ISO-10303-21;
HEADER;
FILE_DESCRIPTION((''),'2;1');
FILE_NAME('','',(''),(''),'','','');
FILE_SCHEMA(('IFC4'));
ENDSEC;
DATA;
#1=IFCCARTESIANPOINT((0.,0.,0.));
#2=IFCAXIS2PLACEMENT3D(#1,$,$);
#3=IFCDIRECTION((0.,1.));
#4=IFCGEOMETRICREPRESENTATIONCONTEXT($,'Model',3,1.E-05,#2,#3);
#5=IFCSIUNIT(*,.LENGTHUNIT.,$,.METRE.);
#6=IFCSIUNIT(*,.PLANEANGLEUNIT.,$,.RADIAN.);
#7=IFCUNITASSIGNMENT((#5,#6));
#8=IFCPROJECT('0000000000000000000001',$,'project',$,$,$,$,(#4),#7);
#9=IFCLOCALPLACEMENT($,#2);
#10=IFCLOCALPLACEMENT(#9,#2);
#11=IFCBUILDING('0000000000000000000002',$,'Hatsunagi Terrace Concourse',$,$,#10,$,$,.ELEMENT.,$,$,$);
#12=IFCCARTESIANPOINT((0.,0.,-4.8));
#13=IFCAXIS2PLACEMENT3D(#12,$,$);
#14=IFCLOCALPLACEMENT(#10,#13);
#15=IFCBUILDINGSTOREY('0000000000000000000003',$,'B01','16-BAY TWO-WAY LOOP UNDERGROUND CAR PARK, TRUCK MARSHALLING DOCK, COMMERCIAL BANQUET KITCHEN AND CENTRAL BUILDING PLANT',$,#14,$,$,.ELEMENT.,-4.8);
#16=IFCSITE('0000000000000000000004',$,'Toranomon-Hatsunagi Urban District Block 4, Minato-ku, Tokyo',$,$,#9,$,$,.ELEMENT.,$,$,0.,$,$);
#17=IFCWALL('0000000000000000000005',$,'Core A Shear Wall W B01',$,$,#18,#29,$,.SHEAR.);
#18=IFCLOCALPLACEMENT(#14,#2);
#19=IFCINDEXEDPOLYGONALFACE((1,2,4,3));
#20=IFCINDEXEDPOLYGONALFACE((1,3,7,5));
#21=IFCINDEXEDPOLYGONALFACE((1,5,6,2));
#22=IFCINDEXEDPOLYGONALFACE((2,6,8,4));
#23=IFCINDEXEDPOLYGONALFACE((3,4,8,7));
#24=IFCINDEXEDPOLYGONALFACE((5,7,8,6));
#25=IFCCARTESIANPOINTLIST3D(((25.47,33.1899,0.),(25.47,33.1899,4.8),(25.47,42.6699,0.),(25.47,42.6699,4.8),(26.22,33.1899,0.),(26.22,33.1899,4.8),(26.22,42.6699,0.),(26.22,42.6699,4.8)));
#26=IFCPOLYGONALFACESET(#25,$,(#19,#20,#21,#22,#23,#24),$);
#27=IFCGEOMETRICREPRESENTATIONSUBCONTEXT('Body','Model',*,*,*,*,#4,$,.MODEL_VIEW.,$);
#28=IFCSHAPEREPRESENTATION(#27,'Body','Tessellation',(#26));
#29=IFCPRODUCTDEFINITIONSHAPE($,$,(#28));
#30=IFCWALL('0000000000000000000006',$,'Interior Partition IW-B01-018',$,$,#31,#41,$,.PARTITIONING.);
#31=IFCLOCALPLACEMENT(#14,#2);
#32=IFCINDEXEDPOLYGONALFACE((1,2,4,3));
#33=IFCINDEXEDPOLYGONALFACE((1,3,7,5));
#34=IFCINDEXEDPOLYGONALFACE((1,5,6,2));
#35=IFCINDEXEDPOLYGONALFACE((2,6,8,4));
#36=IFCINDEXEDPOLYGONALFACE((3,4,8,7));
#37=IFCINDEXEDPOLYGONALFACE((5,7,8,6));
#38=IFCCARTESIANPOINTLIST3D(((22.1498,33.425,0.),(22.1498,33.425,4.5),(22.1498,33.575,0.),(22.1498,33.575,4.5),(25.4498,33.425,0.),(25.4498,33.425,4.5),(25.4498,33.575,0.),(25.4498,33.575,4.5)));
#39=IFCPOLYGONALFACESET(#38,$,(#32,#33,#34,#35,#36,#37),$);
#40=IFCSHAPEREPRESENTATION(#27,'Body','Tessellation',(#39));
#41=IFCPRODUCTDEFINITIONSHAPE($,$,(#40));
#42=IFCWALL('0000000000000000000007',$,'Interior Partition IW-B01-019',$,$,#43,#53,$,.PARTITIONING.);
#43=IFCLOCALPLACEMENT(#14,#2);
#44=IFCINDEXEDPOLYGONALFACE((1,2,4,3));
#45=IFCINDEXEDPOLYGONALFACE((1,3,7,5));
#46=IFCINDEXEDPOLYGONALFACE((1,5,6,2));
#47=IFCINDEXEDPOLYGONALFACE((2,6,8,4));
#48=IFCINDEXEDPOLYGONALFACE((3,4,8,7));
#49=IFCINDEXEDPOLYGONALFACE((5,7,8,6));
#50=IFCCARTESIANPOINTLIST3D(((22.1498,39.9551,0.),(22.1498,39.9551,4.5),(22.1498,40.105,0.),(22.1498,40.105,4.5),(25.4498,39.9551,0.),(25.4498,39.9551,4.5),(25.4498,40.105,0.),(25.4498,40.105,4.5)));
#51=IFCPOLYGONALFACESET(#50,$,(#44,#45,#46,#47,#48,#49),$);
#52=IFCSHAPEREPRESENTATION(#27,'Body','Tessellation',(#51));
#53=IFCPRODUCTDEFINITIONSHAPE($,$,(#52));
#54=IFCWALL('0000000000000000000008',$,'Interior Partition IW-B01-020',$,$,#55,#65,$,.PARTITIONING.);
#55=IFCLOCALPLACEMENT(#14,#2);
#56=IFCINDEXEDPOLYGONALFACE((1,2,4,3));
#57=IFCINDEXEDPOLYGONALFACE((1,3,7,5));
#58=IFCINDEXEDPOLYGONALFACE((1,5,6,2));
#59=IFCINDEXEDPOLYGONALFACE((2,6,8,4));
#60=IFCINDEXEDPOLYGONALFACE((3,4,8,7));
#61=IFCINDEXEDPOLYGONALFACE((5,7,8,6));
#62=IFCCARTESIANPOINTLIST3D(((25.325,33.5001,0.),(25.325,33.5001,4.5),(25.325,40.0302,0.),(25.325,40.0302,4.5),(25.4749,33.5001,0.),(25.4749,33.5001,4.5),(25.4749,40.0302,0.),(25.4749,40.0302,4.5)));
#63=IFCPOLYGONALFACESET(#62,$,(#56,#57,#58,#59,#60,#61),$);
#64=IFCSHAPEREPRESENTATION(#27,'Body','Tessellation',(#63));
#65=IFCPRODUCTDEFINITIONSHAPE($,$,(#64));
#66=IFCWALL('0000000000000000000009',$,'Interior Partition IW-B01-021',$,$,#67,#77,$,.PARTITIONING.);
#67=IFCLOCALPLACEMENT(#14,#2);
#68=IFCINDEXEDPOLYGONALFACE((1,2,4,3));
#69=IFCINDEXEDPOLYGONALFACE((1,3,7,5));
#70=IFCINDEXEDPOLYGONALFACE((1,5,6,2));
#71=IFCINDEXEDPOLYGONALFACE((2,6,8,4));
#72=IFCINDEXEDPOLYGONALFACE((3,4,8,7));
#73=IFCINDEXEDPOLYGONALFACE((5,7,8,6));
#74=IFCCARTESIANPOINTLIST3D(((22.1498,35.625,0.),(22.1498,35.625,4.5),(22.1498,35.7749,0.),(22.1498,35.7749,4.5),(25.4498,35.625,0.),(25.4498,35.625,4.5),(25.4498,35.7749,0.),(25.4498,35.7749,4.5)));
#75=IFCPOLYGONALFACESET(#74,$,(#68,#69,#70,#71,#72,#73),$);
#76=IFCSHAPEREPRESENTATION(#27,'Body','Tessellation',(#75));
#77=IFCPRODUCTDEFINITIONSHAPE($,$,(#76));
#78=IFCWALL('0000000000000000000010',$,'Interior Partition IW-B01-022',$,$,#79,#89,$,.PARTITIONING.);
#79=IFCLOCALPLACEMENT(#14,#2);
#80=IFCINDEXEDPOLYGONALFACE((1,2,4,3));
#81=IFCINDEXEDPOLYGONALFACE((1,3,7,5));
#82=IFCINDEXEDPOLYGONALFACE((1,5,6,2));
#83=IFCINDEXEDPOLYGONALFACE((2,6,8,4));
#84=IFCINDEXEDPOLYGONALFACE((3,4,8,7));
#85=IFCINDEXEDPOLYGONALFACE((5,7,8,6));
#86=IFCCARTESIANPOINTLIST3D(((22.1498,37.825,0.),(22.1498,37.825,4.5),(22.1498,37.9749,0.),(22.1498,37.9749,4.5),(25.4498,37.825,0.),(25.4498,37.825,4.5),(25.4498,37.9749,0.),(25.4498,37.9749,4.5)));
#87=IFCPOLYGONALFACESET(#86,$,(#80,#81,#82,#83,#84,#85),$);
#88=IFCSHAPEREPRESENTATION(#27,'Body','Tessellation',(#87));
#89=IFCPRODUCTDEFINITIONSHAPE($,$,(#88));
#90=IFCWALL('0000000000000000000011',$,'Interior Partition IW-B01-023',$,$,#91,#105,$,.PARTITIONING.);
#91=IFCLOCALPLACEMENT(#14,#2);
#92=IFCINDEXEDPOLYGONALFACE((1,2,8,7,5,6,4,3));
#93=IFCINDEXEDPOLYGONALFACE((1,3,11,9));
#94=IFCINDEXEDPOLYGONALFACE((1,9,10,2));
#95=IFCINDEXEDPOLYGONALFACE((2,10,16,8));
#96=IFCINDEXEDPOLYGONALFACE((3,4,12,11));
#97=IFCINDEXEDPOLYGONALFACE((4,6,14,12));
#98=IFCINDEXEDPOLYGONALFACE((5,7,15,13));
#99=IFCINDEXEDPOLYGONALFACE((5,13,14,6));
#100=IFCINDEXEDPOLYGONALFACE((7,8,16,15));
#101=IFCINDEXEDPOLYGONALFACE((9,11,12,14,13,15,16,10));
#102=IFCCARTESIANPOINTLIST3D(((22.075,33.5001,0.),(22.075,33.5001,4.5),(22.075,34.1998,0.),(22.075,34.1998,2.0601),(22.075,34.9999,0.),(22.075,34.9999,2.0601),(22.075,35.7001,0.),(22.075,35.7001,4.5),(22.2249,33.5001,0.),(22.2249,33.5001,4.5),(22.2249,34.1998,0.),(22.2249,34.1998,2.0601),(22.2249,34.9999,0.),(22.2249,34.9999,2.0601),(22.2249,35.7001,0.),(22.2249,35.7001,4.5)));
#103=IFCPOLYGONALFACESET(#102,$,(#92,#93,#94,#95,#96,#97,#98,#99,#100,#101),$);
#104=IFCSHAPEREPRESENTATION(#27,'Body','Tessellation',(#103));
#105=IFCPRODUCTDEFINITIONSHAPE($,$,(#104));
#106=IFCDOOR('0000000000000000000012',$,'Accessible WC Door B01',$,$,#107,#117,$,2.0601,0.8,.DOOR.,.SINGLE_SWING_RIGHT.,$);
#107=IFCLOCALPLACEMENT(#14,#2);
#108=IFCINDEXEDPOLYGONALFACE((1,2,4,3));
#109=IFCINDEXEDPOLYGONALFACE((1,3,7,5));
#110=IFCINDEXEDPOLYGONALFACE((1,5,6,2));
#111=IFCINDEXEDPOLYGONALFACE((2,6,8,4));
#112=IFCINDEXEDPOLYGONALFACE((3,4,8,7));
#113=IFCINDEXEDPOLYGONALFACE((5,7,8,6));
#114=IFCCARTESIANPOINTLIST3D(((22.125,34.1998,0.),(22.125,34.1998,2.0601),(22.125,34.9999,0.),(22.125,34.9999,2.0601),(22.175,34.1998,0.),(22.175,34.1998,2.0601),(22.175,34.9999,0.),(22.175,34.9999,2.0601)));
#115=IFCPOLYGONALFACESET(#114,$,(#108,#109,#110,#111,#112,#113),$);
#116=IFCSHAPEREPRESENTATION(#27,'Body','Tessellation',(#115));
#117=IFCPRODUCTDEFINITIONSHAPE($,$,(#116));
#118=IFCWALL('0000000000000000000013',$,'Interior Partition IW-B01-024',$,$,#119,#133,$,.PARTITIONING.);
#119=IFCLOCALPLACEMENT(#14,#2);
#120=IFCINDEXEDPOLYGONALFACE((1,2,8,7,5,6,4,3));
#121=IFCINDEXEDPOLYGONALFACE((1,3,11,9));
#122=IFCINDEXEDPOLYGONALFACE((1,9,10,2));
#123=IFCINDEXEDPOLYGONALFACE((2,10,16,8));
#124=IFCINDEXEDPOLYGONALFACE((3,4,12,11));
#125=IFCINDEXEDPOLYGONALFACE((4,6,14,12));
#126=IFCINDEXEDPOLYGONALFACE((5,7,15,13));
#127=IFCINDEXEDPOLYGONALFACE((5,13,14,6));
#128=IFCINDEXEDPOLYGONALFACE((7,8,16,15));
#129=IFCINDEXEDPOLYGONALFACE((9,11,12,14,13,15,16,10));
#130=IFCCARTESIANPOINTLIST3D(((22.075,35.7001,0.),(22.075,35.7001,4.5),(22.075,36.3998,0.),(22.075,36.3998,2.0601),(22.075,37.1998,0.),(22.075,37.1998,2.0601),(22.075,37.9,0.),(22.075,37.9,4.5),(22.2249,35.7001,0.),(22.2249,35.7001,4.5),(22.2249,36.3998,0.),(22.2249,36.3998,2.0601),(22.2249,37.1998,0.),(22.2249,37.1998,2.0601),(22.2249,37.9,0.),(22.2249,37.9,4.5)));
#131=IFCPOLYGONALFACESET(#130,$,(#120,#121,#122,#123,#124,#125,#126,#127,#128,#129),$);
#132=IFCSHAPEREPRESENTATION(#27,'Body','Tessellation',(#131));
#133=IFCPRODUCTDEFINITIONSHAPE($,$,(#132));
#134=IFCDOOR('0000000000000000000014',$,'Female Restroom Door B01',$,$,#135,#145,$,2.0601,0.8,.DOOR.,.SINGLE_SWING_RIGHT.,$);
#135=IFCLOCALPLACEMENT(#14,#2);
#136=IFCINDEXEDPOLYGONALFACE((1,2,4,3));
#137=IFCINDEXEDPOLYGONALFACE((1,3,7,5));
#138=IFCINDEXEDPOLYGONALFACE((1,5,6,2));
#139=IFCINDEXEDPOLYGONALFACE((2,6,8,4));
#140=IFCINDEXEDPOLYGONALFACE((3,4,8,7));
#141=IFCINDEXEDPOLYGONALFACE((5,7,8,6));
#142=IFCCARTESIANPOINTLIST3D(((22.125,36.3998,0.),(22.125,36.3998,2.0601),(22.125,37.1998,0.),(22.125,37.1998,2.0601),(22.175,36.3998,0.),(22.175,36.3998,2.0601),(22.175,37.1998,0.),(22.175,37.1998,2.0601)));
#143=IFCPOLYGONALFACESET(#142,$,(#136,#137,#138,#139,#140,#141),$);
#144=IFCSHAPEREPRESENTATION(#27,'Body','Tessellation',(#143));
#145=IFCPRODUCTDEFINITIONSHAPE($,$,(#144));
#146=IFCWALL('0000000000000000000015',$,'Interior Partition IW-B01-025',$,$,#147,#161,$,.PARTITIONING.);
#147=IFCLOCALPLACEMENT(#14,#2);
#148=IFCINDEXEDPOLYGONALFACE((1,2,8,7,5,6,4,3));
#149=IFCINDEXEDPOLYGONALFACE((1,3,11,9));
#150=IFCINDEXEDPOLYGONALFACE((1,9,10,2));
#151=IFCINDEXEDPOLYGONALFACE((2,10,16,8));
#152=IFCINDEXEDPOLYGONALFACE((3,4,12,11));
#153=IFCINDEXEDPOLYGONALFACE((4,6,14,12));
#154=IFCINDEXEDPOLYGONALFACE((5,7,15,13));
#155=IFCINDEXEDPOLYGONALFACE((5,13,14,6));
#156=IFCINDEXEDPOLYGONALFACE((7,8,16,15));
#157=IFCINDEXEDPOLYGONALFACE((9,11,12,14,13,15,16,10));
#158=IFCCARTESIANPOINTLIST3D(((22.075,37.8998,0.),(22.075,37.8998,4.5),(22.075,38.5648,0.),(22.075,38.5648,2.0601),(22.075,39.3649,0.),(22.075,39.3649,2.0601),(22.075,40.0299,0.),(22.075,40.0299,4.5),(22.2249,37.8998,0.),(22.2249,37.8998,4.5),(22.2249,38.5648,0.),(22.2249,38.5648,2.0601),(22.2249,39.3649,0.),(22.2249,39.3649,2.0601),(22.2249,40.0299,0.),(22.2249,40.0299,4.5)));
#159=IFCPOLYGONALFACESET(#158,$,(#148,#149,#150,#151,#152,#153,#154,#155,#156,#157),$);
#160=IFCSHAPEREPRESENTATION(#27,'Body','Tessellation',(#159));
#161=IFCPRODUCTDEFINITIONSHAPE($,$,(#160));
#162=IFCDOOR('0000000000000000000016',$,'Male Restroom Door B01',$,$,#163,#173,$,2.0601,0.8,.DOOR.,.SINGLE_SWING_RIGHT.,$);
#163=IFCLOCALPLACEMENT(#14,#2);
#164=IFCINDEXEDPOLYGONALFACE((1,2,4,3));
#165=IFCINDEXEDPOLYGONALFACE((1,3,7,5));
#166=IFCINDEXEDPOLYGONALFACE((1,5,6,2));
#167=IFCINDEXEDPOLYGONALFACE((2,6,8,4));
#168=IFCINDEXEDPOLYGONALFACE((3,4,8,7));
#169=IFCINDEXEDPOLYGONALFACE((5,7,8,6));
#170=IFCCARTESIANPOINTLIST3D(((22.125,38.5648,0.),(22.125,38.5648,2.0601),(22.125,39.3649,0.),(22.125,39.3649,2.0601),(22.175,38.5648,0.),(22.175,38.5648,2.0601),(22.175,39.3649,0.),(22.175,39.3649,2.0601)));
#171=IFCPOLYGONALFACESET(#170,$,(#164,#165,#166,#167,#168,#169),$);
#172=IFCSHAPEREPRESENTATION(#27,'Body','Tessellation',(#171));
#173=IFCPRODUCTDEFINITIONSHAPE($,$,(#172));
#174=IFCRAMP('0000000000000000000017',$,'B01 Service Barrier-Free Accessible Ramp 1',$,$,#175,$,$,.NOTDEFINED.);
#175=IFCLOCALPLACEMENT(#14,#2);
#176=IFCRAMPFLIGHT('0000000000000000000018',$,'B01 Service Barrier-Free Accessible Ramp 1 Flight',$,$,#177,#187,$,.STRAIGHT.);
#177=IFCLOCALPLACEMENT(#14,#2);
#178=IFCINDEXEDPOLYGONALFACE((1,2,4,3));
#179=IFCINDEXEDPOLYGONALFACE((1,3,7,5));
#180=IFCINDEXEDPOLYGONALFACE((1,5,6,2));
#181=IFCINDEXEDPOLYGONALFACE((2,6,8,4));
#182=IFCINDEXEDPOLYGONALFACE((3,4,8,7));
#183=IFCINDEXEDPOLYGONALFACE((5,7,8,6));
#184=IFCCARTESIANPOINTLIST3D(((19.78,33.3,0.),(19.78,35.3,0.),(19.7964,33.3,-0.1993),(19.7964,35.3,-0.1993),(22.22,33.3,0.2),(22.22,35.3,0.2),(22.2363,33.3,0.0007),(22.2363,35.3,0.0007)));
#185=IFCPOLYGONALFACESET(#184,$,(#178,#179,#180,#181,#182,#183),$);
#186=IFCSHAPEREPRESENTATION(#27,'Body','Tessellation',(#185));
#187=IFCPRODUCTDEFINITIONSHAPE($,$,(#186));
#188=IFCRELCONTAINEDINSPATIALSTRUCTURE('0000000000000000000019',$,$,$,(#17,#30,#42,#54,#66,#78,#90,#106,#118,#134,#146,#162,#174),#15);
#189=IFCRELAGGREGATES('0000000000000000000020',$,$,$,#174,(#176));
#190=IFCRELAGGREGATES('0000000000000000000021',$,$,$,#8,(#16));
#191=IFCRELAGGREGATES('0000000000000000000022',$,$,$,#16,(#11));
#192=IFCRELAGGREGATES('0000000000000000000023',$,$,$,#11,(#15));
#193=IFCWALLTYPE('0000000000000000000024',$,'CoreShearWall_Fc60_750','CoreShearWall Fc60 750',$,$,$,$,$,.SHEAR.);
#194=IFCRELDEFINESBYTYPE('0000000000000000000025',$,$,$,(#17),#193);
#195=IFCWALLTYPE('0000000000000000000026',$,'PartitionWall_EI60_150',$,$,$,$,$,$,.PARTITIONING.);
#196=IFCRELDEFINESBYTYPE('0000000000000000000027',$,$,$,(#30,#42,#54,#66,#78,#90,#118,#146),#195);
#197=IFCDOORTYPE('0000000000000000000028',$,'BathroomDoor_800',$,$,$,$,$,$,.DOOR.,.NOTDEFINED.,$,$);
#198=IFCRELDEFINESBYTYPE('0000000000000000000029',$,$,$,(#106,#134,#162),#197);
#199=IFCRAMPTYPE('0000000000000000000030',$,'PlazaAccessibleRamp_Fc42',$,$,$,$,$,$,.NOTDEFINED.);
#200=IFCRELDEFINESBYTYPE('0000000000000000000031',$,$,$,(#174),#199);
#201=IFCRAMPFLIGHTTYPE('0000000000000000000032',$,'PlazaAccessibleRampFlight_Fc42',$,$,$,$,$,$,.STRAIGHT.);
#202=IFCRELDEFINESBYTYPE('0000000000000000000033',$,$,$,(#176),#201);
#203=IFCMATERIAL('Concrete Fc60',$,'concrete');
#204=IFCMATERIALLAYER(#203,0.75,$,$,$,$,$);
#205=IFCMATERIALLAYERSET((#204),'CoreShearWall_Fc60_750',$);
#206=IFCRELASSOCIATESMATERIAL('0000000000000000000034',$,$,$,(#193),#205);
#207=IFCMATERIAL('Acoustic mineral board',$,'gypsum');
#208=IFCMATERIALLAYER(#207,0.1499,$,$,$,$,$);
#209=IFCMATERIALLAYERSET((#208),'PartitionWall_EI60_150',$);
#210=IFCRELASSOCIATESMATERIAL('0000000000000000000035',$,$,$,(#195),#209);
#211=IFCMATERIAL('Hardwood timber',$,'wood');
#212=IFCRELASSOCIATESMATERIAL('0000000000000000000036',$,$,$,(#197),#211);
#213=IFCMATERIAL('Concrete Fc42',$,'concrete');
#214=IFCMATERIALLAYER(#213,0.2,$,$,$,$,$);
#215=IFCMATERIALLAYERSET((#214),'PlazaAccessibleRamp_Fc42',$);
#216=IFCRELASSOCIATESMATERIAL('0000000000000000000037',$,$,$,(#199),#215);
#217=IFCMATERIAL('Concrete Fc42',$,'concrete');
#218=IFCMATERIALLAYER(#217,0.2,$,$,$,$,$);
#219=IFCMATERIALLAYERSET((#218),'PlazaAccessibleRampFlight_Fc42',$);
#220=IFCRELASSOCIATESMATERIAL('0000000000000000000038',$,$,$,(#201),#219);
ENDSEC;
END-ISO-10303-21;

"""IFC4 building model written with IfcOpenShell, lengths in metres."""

from ifc_helpers import new_model, si_unit, direction, frame, frame_2d, origin, place, context, subcontext, project, spatial, polyline, rectangle, outline, extrude, material, layer, layer_set, type_object, element, fill, aggregate, save


model = new_model("IFC4")

# Units and contexts
model_context = context("Model", 3, precision=1e-05, world=origin(), true_north=direction((0.0, 1.0)))
body_context = subcontext(model_context, "Body", "Model", "MODEL_VIEW")
ifc_project = project(units=[si_unit("LENGTHUNIT", "METRE"), si_unit("PLANEANGLEUNIT", "RADIAN")], contexts=[model_context])

# Site, building, storey
site_placement = place(None, origin())
site = spatial("IfcSite", under=ifc_project, at=site_placement, Name="Toranomon-Hatsunagi Urban District Block 4, Minato-ku, Tokyo", CompositionType="ELEMENT", RefElevation=0.0)
building_placement = place(site_placement, origin())
building = spatial("IfcBuilding", under=site, at=building_placement, Name="Hatsunagi Terrace Concourse", CompositionType="ELEMENT")
storey_placement = place(building_placement, frame((0.0, 0.0, -4.8)))
storey = spatial("IfcBuildingStorey", under=building, at=storey_placement, Name="B01", Description="16-BAY TWO-WAY LOOP UNDERGROUND CAR PARK, TRUCK MARSHALLING DOCK, COMMERCIAL BANQUET KITCHEN AND CENTRAL BUILDING PLANT", CompositionType="ELEMENT", Elevation=-4.8)

# Shared definitions
ifc_material_1 = material(Name="Concrete Fc60", Category="concrete")
ifc_layer_1 = layer(ifc_material_1, 0.75)
ifc_layer_set_1 = layer_set([ifc_layer_1], Name="CoreShearWall_Fc60_750")
wall_type_1 = type_object("IfcWallType", Name="CoreShearWall_Fc60_750", Description="CoreShearWall Fc60 750", PredefinedType="SHEAR", material=ifc_layer_set_1)

# Walls
wall_1_placement = place(storey_placement, frame((25.845, 33.1899, 0.0), z_axis=(0.0, 0.0, 1.0), x_axis=(0.0, 1.0, 0.0)))
element("IfcWall", 1, at=wall_1_placement, inside=storey, type_object=wall_type_1, Name="Core A Shear Wall W B01", PredefinedType="SHEAR", context=body_context, shape_type="SweptSolid", body=[
    extrude(rectangle(XDim=9.48, YDim=0.75, at=frame_2d((4.74, 0.0))), origin(), (0.0, 0.0, 1.0), 4.8),
])
ifc_material_2 = material(Name="Acoustic mineral board", Category="gypsum")
ifc_layer_2 = layer(ifc_material_2, 0.1499)
ifc_layer_set_2 = layer_set([ifc_layer_2], Name="PartitionWall_EI60_150")
wall_type_2 = type_object("IfcWallType", Name="PartitionWall_EI60_150", PredefinedType="PARTITIONING", material=ifc_layer_set_2)
for number, where, z_axis, x_axis, name in (
    (2, (22.1499, 33.5, 0.0), (0.0, 0.0, 1.0), (1.0, 0.0, 0.0), "Interior Partition IW-B01-018"),
    (3, (22.1499, 40.03, 0.0), (0.0, 0.0, 1.0), (1.0, 0.0, 0.0), "Interior Partition IW-B01-019"),
):
    element("IfcWall", number, at=place(storey_placement, frame(where, z_axis=z_axis, x_axis=x_axis)), inside=storey, type_object=wall_type_2, Name=name, PredefinedType="PARTITIONING", context=body_context, shape_type="SweptSolid", body=[
        extrude(rectangle(XDim=3.3, YDim=0.1499, at=frame_2d((1.6499, 0.0))), origin(), (0.0, 0.0, 1.0), 4.5),
    ])
wall_2_placement = place(storey_placement, frame((25.3999, 33.5, 0.0), z_axis=(0.0, 0.0, 1.0), x_axis=(0.0, 1.0, 0.0)))
element("IfcWall", 4, at=wall_2_placement, inside=storey, type_object=wall_type_2, Name="Interior Partition IW-B01-020", PredefinedType="PARTITIONING", context=body_context, shape_type="SweptSolid", body=[
    extrude(rectangle(XDim=6.53, YDim=0.1499, at=frame_2d((3.2651, 0.0))), origin(), (0.0, 0.0, 1.0), 4.5),
])
for number, where, z_axis, x_axis, name in (
    (5, (22.1499, 35.7, 0.0), (0.0, 0.0, 1.0), (1.0, 0.0, 0.0), "Interior Partition IW-B01-021"),
    (6, (22.1499, 37.8999, 0.0), (0.0, 0.0, 1.0), (1.0, 0.0, 0.0), "Interior Partition IW-B01-022"),
):
    element("IfcWall", number, at=place(storey_placement, frame(where, z_axis=z_axis, x_axis=x_axis)), inside=storey, type_object=wall_type_2, Name=name, PredefinedType="PARTITIONING", context=body_context, shape_type="SweptSolid", body=[
        extrude(rectangle(XDim=3.3, YDim=0.1499, at=frame_2d((1.6499, 0.0))), origin(), (0.0, 0.0, 1.0), 4.5),
    ])

# Walls, openings, doors
wall_3_placement = place(storey_placement, frame((22.1499, 33.5, 0.0), z_axis=(0.0, 0.0, 1.0), x_axis=(0.0, 1.0, 0.0)))
wall_3 = element("IfcWall", 7, at=wall_3_placement, inside=storey, type_object=wall_type_2, Name="Interior Partition IW-B01-023", PredefinedType="PARTITIONING", context=body_context, shape_type="SweptSolid", body=[
    extrude(rectangle(XDim=2.2, YDim=0.1499, at=frame_2d((1.1001, 0.0))), origin(), (0.0, 0.0, 1.0), 4.5),
])
opening_1_placement = place(wall_3_placement, frame((0.7, 0.0, 0.0)))
opening_1 = element("IfcOpeningElement", 8, at=opening_1_placement, cuts=wall_3, PredefinedType="OPENING", context=body_context, shape_type="SweptSolid", body=[
    extrude(rectangle(XDim=0.8, YDim=2.0601, at=frame_2d((0.3999, 1.03))), frame((0.0, 0.085, 0.0), z_axis=(0.0, -1.0, 0.0), x_axis=(1.0, 0.0, 0.0)), (0.0, 0.0, 1.0), 0.1699),
])
ifc_material_3 = material(Name="Hardwood timber", Category="wood")
door_type_1 = type_object("IfcDoorType", Name="BathroomDoor_800", OperationType="NOTDEFINED", PredefinedType="DOOR", material=ifc_material_3)
door_1_placement = place(opening_1_placement, origin())
door_1 = element("IfcDoor", 9, at=door_1_placement, inside=storey, type_object=door_type_1, Name="Accessible WC Door B01", OperationType="SINGLE_SWING_RIGHT", OverallHeight=2.0601, OverallWidth=0.8, PredefinedType="DOOR", context=body_context, shape_type="SweptSolid", body=[
    extrude(rectangle(XDim=0.8, YDim=2.0601, at=frame_2d((0.3999, 1.03))), frame((0.0, 0.0249, 0.0), z_axis=(0.0, -1.0, 0.0), x_axis=(1.0, 0.0, 0.0)), (0.0, 0.0, 1.0), 0.05),
])
fill(opening_1, door_1)
wall_4_placement = place(storey_placement, frame((22.1499, 35.7, 0.0), z_axis=(0.0, 0.0, 1.0), x_axis=(0.0, 1.0, 0.0)))
wall_4 = element("IfcWall", 10, at=wall_4_placement, inside=storey, type_object=wall_type_2, Name="Interior Partition IW-B01-024", PredefinedType="PARTITIONING", context=body_context, shape_type="SweptSolid", body=[
    extrude(rectangle(XDim=2.2, YDim=0.1499, at=frame_2d((1.1001, 0.0))), origin(), (0.0, 0.0, 1.0), 4.5),
])
opening_2_placement = place(wall_4_placement, frame((0.7, 0.0, 0.0)))
opening_2 = element("IfcOpeningElement", 11, at=opening_2_placement, cuts=wall_4, PredefinedType="OPENING", context=body_context, shape_type="SweptSolid", body=[
    extrude(rectangle(XDim=0.8, YDim=2.0601, at=frame_2d((0.3999, 1.03))), frame((0.0, 0.085, 0.0), z_axis=(0.0, -1.0, 0.0), x_axis=(1.0, 0.0, 0.0)), (0.0, 0.0, 1.0), 0.1699),
])
door_2_placement = place(opening_2_placement, origin())
door_2 = element("IfcDoor", 12, at=door_2_placement, inside=storey, type_object=door_type_1, Name="Female Restroom Door B01", OperationType="SINGLE_SWING_RIGHT", OverallHeight=2.0601, OverallWidth=0.8, PredefinedType="DOOR", context=body_context, shape_type="SweptSolid", body=[
    extrude(rectangle(XDim=0.8, YDim=2.0601, at=frame_2d((0.3999, 1.03))), frame((0.0, 0.0249, 0.0), z_axis=(0.0, -1.0, 0.0), x_axis=(1.0, 0.0, 0.0)), (0.0, 0.0, 1.0), 0.05),
])
fill(opening_2, door_2)
wall_5_placement = place(storey_placement, frame((22.1499, 37.8999, 0.0), z_axis=(0.0, 0.0, 1.0), x_axis=(0.0, 1.0, 0.0)))
wall_5 = element("IfcWall", 13, at=wall_5_placement, inside=storey, type_object=wall_type_2, Name="Interior Partition IW-B01-025", PredefinedType="PARTITIONING", context=body_context, shape_type="SweptSolid", body=[
    extrude(rectangle(XDim=2.1301, YDim=0.1499, at=frame_2d((1.0649, 0.0))), origin(), (0.0, 0.0, 1.0), 4.5),
])
opening_3_placement = place(wall_5_placement, frame((0.665, 0.0, 0.0)))
opening_3 = element("IfcOpeningElement", 14, at=opening_3_placement, cuts=wall_5, PredefinedType="OPENING", context=body_context, shape_type="SweptSolid", body=[
    extrude(rectangle(XDim=0.8, YDim=2.0601, at=frame_2d((0.3999, 1.03))), frame((0.0, 0.085, 0.0), z_axis=(0.0, -1.0, 0.0), x_axis=(1.0, 0.0, 0.0)), (0.0, 0.0, 1.0), 0.1699),
])
door_3_placement = place(opening_3_placement, origin())
door_3 = element("IfcDoor", 15, at=door_3_placement, inside=storey, type_object=door_type_1, Name="Male Restroom Door B01", OperationType="SINGLE_SWING_RIGHT", OverallHeight=2.0601, OverallWidth=0.8, PredefinedType="DOOR", context=body_context, shape_type="SweptSolid", body=[
    extrude(rectangle(XDim=0.8, YDim=2.0601, at=frame_2d((0.3999, 1.03))), frame((0.0, 0.0249, 0.0), z_axis=(0.0, -1.0, 0.0), x_axis=(1.0, 0.0, 0.0)), (0.0, 0.0, 1.0), 0.05),
])
fill(opening_3, door_3)

# Ramp, ramp flight
ifc_material_4 = material(Name="Concrete Fc42", Category="concrete")
ifc_layer_3 = layer(ifc_material_4, 0.2)
ifc_layer_set_3 = layer_set([ifc_layer_3], Name="PlazaAccessibleRamp_Fc42")
ramp_type = type_object("IfcRampType", Name="PlazaAccessibleRamp_Fc42", PredefinedType="NOTDEFINED", material=ifc_layer_set_3)
ramp_1_placement = place(storey_placement, origin())
ramp_1 = element("IfcRamp", 16, at=ramp_1_placement, inside=storey, type_object=ramp_type, Name="B01 Service Barrier-Free Accessible Ramp 1", PredefinedType="NOTDEFINED")
ifc_material_5 = material(Name="Concrete Fc42", Category="concrete")
ifc_layer_4 = layer(ifc_material_5, 0.2)
ifc_layer_set_4 = layer_set([ifc_layer_4], Name="PlazaAccessibleRampFlight_Fc42")
ramp_flight_type = type_object("IfcRampFlightType", Name="PlazaAccessibleRampFlight_Fc42", PredefinedType="STRAIGHT", material=ifc_layer_set_4)
ramp_flight_1_placement = place(storey_placement, frame((19.78, 33.3, 0.0), z_axis=(-0.081675, 0.0, 0.996659), x_axis=(0.996659, 0.0, 0.081675)))
ramp_flight_1 = element("IfcRampFlight", 17, at=ramp_flight_1_placement, type_object=ramp_flight_type, Name="B01 Service Barrier-Free Accessible Ramp 1 Flight", PredefinedType="STRAIGHT", context=body_context, shape_type="SweptSolid", body=[
    extrude(outline(polyline([(0.0, 0.0), (2.4481, 0.0), (2.4481, 2.0), (0.0, 2.0), (0.0, 0.0)])), origin(), (0.0, 0.0, -1.0), 0.2),
])
aggregate(ramp_1, [ramp_flight_1])

save(model, "model.ifc")
